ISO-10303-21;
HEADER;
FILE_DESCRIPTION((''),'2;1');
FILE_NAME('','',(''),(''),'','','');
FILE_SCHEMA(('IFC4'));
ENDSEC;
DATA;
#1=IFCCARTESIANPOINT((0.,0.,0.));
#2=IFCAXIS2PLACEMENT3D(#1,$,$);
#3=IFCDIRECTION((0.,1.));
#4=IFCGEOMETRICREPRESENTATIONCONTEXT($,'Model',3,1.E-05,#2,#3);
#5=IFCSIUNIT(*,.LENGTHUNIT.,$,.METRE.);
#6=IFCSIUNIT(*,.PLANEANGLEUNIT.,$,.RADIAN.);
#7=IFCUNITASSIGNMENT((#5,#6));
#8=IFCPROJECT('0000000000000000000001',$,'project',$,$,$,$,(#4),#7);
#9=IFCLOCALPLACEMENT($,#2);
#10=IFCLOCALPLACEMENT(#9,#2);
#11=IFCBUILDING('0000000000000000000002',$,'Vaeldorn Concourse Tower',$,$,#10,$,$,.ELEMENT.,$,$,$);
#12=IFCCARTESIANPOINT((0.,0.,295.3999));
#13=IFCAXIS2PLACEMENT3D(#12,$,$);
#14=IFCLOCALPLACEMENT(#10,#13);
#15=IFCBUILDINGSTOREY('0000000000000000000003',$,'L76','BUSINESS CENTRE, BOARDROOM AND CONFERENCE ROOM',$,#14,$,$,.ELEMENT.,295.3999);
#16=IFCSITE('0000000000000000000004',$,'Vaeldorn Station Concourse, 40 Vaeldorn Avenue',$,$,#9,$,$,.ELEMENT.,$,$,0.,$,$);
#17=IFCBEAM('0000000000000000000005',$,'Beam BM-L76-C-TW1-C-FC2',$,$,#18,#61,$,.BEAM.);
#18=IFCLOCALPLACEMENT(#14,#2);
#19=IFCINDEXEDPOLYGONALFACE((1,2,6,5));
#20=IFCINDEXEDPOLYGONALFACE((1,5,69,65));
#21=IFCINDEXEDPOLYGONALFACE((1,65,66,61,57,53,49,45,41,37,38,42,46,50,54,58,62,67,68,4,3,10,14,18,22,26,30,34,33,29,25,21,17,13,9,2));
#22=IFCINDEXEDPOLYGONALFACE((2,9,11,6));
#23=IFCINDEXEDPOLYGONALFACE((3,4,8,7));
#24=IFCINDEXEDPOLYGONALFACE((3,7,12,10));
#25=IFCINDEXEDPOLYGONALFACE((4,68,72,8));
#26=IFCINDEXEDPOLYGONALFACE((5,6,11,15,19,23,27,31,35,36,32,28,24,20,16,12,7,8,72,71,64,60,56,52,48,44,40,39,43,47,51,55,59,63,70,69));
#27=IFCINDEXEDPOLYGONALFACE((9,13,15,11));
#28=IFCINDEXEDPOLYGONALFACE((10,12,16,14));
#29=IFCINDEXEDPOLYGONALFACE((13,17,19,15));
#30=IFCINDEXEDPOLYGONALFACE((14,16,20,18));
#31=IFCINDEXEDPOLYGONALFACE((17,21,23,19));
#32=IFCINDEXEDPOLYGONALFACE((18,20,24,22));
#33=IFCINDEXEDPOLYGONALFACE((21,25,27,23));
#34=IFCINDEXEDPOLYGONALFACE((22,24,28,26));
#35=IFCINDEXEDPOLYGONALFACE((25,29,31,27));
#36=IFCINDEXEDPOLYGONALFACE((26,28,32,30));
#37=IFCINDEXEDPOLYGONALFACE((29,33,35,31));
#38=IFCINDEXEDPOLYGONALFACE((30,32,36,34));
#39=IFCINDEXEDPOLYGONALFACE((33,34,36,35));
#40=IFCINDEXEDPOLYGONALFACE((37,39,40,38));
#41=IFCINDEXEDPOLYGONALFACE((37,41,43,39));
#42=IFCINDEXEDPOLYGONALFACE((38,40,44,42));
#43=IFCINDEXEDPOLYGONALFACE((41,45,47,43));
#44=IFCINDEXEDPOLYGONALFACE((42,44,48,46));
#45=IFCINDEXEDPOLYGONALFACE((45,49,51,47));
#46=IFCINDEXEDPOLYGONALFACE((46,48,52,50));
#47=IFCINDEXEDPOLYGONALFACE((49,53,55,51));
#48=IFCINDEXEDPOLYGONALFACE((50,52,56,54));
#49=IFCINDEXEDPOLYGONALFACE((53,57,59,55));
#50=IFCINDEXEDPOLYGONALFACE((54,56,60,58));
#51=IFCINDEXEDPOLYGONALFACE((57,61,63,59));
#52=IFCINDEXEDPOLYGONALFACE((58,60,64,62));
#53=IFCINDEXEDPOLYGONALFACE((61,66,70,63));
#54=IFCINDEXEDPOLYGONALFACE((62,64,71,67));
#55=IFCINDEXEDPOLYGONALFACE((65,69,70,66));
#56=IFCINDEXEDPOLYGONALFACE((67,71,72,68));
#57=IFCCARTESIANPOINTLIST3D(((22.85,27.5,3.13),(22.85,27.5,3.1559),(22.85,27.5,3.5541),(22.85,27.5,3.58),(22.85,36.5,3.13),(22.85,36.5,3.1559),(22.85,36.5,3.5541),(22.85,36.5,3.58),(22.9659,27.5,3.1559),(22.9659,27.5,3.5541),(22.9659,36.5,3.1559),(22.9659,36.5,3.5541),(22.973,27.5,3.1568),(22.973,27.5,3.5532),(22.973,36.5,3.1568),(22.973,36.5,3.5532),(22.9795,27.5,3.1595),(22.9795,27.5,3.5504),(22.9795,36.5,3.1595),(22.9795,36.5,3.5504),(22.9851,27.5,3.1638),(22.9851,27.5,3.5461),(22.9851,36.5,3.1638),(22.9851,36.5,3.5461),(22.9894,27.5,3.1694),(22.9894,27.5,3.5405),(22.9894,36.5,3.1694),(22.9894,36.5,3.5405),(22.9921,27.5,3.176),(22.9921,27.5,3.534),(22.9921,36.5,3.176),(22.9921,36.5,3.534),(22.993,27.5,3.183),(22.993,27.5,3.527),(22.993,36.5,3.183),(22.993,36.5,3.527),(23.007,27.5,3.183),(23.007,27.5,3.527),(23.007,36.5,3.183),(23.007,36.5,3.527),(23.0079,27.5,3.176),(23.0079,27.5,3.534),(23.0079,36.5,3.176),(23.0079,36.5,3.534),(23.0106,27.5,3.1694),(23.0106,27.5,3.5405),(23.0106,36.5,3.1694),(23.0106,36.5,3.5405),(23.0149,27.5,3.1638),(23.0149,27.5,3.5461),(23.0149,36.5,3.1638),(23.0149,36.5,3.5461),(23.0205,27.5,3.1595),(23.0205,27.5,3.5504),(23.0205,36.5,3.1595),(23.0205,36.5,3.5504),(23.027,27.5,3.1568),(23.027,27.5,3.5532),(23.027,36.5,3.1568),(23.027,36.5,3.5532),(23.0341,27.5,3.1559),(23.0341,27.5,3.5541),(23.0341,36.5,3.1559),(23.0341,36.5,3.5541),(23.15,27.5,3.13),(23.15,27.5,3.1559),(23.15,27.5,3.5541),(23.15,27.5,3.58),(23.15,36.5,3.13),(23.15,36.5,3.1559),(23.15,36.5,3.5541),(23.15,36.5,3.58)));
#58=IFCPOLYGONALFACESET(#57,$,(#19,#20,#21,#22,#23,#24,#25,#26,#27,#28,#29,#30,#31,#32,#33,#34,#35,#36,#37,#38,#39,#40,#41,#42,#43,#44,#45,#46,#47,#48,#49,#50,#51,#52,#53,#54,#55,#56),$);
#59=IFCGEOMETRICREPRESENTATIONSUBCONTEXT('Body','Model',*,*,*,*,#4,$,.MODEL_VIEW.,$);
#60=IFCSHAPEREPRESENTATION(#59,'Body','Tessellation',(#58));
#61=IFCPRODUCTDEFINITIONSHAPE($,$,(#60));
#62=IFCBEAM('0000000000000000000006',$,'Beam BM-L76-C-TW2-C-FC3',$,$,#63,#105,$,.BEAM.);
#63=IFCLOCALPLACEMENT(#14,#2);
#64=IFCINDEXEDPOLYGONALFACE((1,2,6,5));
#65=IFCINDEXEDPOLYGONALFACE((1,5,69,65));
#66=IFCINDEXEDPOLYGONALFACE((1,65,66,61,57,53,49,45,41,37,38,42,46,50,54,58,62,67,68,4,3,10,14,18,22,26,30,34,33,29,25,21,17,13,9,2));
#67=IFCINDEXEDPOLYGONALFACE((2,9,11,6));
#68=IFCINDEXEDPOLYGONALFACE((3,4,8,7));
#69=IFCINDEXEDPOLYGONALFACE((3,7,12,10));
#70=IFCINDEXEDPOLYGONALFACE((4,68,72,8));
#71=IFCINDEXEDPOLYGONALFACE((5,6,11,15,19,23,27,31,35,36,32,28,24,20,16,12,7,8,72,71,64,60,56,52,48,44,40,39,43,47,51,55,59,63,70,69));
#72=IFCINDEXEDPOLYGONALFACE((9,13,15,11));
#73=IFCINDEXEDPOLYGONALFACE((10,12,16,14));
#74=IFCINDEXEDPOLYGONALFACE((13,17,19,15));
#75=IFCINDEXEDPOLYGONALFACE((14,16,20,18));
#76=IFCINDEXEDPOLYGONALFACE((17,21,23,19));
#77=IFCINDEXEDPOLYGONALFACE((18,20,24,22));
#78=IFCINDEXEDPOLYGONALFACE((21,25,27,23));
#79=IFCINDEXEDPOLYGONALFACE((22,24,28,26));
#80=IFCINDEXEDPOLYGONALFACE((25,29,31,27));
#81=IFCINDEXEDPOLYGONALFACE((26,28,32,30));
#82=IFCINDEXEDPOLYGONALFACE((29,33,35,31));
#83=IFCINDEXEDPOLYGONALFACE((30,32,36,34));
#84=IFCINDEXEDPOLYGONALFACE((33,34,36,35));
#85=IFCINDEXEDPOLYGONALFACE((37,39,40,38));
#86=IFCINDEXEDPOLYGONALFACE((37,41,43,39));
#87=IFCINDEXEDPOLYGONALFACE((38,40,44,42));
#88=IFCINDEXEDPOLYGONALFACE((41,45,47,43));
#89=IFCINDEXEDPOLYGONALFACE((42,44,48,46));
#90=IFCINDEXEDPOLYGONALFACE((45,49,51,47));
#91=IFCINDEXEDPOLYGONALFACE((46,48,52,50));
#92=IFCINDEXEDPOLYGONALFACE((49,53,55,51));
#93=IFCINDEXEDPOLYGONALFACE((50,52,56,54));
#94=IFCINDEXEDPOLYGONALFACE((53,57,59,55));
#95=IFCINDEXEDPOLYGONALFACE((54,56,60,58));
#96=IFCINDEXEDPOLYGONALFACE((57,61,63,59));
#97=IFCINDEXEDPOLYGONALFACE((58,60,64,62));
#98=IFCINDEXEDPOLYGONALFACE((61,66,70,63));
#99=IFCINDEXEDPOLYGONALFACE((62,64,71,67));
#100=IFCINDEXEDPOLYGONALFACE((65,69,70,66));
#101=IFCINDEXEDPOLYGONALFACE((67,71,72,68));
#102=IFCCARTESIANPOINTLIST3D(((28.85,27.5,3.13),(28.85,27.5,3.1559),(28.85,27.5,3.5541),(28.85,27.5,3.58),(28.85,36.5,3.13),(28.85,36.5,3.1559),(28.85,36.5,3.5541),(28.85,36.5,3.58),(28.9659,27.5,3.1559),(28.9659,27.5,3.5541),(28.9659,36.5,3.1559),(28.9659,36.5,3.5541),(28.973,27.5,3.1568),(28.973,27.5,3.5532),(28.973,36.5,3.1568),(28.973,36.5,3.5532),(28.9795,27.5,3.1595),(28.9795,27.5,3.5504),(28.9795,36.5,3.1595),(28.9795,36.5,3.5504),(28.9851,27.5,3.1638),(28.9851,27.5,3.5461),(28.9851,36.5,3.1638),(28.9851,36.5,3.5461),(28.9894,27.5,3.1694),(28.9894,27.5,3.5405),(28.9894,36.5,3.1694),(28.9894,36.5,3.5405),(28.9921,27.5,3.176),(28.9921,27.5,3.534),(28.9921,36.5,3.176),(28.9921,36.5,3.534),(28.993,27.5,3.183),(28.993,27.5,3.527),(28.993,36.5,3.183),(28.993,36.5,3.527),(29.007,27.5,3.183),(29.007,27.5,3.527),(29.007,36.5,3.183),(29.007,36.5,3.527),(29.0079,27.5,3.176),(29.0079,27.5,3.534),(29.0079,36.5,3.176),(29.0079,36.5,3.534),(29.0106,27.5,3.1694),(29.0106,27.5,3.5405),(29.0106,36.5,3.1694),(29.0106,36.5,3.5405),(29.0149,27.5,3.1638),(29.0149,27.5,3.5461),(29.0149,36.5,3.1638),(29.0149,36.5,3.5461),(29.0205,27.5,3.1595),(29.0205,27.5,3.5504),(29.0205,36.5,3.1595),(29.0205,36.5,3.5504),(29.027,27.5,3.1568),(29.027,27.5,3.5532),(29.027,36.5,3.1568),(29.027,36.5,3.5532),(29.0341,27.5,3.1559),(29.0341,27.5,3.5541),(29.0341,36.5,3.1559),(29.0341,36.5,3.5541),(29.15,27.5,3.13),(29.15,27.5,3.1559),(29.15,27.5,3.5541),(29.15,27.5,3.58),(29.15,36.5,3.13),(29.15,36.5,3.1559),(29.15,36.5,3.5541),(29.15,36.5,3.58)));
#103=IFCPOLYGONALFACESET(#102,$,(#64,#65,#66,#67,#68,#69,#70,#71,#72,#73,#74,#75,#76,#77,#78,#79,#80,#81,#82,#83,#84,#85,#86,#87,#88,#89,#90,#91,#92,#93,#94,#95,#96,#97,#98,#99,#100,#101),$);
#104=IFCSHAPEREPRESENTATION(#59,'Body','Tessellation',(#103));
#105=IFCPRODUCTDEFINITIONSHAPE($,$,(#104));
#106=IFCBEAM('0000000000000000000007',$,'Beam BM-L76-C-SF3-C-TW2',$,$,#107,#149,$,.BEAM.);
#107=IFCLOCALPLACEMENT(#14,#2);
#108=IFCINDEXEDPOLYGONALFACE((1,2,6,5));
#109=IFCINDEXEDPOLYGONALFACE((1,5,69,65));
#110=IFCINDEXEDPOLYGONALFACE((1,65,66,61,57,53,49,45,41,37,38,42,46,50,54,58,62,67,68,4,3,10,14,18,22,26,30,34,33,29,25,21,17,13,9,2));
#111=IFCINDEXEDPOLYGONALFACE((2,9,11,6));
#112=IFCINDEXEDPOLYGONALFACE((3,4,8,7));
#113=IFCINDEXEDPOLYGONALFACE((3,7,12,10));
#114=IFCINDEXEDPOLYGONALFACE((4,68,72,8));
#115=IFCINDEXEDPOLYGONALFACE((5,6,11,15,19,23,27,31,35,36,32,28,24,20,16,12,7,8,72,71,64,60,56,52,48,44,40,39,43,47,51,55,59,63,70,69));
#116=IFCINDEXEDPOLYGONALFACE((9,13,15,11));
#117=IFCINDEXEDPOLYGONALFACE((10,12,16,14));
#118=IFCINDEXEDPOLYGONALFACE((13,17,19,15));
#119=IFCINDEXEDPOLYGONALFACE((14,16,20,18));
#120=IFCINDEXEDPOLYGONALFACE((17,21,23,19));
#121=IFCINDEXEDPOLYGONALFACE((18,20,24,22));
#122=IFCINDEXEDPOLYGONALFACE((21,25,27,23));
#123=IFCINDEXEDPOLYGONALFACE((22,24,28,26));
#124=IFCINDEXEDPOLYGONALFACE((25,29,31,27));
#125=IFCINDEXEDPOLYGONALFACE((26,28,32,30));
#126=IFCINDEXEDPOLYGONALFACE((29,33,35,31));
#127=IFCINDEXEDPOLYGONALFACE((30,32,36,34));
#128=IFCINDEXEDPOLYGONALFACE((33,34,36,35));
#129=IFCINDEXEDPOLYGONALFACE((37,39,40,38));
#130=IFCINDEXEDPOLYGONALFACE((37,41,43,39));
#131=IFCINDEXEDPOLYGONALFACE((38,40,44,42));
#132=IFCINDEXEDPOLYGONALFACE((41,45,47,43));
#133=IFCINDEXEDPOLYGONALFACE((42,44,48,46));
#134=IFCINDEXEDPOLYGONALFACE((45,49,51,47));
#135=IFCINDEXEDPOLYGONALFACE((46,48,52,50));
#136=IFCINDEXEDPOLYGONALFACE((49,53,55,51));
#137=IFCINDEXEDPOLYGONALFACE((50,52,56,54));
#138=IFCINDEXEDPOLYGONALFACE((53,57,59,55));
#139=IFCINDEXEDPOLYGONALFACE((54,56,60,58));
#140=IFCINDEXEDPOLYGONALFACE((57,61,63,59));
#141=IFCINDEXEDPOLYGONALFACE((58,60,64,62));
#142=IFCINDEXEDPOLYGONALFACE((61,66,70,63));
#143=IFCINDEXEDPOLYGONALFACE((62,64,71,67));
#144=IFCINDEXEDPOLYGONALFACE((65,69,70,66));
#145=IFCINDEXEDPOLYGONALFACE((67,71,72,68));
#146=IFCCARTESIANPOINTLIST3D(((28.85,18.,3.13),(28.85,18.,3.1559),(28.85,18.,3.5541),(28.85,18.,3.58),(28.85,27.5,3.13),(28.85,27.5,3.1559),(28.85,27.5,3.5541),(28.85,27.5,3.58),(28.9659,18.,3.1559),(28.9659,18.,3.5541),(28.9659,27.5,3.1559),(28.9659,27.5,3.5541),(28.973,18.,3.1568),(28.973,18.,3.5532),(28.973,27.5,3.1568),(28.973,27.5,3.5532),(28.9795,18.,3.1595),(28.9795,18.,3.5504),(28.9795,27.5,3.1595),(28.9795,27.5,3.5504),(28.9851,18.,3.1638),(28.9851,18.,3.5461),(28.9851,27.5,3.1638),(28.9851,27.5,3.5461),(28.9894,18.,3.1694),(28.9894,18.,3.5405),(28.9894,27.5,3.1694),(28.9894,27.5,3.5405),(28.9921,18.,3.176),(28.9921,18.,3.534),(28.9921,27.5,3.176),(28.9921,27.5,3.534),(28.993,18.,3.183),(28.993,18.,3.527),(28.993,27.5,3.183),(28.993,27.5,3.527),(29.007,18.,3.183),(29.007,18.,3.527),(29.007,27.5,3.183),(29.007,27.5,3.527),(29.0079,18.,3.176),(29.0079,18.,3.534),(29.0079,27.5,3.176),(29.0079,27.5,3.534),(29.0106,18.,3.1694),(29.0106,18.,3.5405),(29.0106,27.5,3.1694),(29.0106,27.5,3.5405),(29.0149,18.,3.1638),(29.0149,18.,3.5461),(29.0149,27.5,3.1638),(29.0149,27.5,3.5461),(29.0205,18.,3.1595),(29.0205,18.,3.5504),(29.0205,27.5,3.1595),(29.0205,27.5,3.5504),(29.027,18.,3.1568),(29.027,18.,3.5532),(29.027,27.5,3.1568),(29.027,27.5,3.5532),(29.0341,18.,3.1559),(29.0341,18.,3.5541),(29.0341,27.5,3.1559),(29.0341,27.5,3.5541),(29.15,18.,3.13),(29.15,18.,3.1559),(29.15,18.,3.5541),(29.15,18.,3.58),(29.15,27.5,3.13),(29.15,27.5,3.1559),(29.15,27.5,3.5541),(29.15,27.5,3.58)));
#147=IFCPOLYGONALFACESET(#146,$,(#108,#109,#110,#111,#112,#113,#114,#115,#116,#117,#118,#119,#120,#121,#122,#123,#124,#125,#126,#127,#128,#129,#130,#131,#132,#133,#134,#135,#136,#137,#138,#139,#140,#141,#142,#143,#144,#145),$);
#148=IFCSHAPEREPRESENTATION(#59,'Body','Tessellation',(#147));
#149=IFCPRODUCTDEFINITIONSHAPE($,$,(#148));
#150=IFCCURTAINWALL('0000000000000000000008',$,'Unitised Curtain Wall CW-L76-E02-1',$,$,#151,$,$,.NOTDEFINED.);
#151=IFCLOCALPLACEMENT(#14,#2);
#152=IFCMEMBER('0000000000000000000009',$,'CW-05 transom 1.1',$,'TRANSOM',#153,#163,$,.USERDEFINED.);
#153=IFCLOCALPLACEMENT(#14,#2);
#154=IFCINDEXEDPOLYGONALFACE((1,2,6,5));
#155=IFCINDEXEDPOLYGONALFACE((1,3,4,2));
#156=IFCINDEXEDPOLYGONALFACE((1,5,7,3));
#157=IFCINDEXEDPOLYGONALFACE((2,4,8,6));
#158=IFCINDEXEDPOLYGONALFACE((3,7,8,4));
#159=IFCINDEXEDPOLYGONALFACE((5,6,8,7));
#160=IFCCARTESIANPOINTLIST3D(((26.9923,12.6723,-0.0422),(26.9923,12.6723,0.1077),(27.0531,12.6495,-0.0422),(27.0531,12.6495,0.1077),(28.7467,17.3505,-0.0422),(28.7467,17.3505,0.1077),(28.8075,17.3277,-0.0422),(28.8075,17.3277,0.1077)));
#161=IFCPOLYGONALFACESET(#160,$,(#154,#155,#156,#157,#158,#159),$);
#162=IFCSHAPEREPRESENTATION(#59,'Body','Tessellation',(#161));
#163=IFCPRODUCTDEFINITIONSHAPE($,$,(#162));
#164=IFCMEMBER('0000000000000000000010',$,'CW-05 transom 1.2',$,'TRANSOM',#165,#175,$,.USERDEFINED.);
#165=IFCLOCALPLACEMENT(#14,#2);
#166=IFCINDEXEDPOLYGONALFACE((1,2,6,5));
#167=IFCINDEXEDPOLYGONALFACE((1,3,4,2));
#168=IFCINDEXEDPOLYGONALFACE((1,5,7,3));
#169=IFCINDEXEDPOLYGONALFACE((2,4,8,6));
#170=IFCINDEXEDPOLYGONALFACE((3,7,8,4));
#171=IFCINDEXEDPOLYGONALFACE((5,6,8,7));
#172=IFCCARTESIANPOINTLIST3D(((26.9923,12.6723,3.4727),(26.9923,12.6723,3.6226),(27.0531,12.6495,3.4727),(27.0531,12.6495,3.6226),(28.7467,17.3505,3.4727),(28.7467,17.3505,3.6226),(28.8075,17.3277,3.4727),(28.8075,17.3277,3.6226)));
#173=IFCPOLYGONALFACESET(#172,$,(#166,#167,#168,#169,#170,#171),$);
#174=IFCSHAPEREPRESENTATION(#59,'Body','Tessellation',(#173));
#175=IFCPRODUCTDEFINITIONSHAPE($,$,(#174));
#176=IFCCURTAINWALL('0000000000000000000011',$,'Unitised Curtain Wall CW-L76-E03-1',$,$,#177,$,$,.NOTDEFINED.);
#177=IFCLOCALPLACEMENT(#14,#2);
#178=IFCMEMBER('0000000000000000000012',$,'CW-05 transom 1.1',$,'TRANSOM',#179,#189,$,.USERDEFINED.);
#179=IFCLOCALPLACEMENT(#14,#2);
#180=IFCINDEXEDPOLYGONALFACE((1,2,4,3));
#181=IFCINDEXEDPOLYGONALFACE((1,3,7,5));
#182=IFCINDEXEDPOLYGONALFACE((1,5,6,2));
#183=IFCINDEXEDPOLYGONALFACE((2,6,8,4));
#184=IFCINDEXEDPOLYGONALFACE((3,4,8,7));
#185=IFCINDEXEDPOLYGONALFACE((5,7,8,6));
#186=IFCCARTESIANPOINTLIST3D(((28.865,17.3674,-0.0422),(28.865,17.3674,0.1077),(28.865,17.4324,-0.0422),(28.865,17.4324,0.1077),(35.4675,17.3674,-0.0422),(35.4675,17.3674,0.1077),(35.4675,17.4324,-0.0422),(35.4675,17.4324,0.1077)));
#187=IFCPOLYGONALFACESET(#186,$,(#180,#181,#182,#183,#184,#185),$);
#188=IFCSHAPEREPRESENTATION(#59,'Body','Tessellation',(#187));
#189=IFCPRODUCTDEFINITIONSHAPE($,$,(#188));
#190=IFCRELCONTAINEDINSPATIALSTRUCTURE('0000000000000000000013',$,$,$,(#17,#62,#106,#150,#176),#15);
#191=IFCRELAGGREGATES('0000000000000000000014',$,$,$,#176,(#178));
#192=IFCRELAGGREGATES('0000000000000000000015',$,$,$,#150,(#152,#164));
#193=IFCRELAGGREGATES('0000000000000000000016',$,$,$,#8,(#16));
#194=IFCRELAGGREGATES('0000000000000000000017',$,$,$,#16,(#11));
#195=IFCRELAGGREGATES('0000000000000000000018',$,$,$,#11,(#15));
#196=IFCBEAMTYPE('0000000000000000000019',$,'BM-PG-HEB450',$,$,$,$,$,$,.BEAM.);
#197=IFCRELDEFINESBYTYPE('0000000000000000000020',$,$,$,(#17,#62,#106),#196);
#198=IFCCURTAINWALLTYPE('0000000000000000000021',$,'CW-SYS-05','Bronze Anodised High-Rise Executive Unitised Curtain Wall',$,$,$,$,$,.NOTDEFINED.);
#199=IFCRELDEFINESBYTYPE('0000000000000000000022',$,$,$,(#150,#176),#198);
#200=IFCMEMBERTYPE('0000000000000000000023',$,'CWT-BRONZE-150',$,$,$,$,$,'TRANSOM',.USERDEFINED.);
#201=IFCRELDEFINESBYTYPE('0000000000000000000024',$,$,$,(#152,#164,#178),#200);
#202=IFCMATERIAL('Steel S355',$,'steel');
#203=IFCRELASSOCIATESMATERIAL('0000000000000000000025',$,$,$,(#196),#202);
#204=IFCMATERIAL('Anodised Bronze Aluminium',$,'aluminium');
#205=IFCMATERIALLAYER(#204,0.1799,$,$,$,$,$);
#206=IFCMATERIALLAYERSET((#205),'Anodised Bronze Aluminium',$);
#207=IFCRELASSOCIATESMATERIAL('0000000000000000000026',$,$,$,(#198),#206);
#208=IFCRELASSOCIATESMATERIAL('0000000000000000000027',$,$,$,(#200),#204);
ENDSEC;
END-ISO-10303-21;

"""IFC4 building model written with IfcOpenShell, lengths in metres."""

from ifc_helpers import new_model, si_unit, direction, frame, origin, origin_2d, place, context, subcontext, project, spatial, rectangle, i_section, extrude, source, transform, mapped, material, layer, layer_set, material_profile, profile_set, type_object, element, aggregate, save


model = new_model("IFC4")

# Units and contexts
model_context = context("Model", 3, precision=1e-05, world=origin(), true_north=direction((0.0, 1.0)))
body_context = subcontext(model_context, "Body", "Model", "MODEL_VIEW")
ifc_project = project(units=[si_unit("LENGTHUNIT", "METRE"), si_unit("PLANEANGLEUNIT", "RADIAN")], contexts=[model_context])

# Site, building, storey
site_placement = place(None, origin())
site = spatial("IfcSite", under=ifc_project, at=site_placement, Name="Vaeldorn Station Concourse, 40 Vaeldorn Avenue", CompositionType="ELEMENT", RefElevation=0.0)
building_placement = place(site_placement, origin())
building = spatial("IfcBuilding", under=site, at=building_placement, Name="Vaeldorn Concourse Tower", CompositionType="ELEMENT")
storey_placement = place(building_placement, frame((0.0, 0.0, 295.3999)))
storey = spatial("IfcBuildingStorey", under=building, at=storey_placement, Name="L76", Description="BUSINESS CENTRE, BOARDROOM AND CONFERENCE ROOM", CompositionType="ELEMENT", Elevation=295.3999)

# Shared definitions
ifc_material_1 = material(Name="Steel S355", Category="steel")

# Beams
ifc_material_profile_1 = material_profile(ifc_material_1, i_section(OverallWidth=0.3, OverallDepth=0.45, WebThickness=0.0139, FlangeThickness=0.0259, FilletRadius=0.0271, at=origin_2d()), Name="HEB 450")
ifc_profile_set_1 = profile_set([ifc_material_profile_1], Name="Steel S355")
beam_type_1 = type_object("IfcBeamType", Name="BM-PG-HEB450", PredefinedType="BEAM", material=ifc_profile_set_1)
shared_shape_1 = source(origin(), body_context, "Body", "SweptSolid", [
    extrude(i_section(OverallWidth=0.3, OverallDepth=0.45, WebThickness=0.0139, FlangeThickness=0.0259, FilletRadius=0.0271, at=origin_2d()), origin(), (0.0, 0.0, 1.0), 9.0),
])
for number, where, z_axis, x_axis, name in (
    (1, (23.0, 27.5, 3.355), (0.0, 1.0, 0.0), (-1.0, 0.0, 0.0), "Beam BM-L76-C-TW1-C-FC2"),
    (2, (29.0, 27.5, 3.355), (0.0, 1.0, 0.0), (-1.0, 0.0, 0.0), "Beam BM-L76-C-TW2-C-FC3"),
):
    element("IfcBeam", number, at=place(storey_placement, frame(where, z_axis=z_axis, x_axis=x_axis)), inside=storey, type_object=beam_type_1, Name=name, PredefinedType="BEAM", context=body_context, shape_type="MappedRepresentation", body=[
        mapped(shared_shape_1, transform((0.0, 0.0, 0.0), scale=1.0)),
    ])
shared_shape_2 = source(origin(), body_context, "Body", "SweptSolid", [
    extrude(i_section(OverallWidth=0.3, OverallDepth=0.45, WebThickness=0.0139, FlangeThickness=0.0259, FilletRadius=0.0271, at=origin_2d()), origin(), (0.0, 0.0, 1.0), 9.5),
])
beam_1_placement = place(storey_placement, frame((29.0, 18.0, 3.355), z_axis=(0.0, 1.0, 0.0), x_axis=(-1.0, 0.0, 0.0)))
element("IfcBeam", 3, at=beam_1_placement, inside=storey, type_object=beam_type_1, Name="Beam BM-L76-C-SF3-C-TW2", PredefinedType="BEAM", context=body_context, shape_type="MappedRepresentation", body=[
    mapped(shared_shape_2, transform((0.0, 0.0, 0.0), scale=1.0)),
])

# Curtain walls, members
ifc_material_2 = material(Name="Anodised Bronze Aluminium", Category="aluminium")
ifc_layer_1 = layer(ifc_material_2, 0.1799)
ifc_layer_set_1 = layer_set([ifc_layer_1], Name="Anodised Bronze Aluminium")
curtain_wall_type = type_object("IfcCurtainWallType", Name="CW-SYS-05", Description="Bronze Anodised High-Rise Executive Unitised Curtain Wall", PredefinedType="NOTDEFINED", material=ifc_layer_set_1)
curtain_wall_1_placement = place(storey_placement, origin())
curtain_wall_1 = element("IfcCurtainWall", 4, at=curtain_wall_1_placement, inside=storey, type_object=curtain_wall_type, Name="Unitised Curtain Wall CW-L76-E02-1", PredefinedType="NOTDEFINED")
ifc_material_profile_2 = material_profile(ifc_material_2, rectangle(XDim=0.0649, YDim=0.1499, at=origin_2d()), Name="CWT 65x150")
ifc_profile_set_2 = profile_set([ifc_material_profile_2], Name="Anodised Bronze Aluminium")
member_type_1 = type_object("IfcMemberType", Name="CWT-BRONZE-150", ElementType="TRANSOM", PredefinedType="USERDEFINED", material=ifc_profile_set_2)
shared_shape_3 = source(origin(), body_context, "Body", "SweptSolid", [
    extrude(rectangle(XDim=0.0649, YDim=0.1499, at=origin_2d()), origin(), (0.0, 0.0, 1.0), 4.9963),
])
member_1_placement = place(storey_placement, frame((27.0227, 12.6609, 0.0327), z_axis=(0.351134, 0.936325, 0.0), x_axis=(-0.936325, 0.351134, 0.0)))
member_1 = element("IfcMember", 5, at=member_1_placement, type_object=member_type_1, Name="CW-05 transom 1.1", ObjectType="TRANSOM", PredefinedType="USERDEFINED", context=body_context, shape_type="MappedRepresentation", body=[
    mapped(shared_shape_3, transform((0.0, 0.0, 0.0), scale=1.0)),
])
member_2_placement = place(storey_placement, frame((27.0227, 12.6609, 3.5476), z_axis=(0.351134, 0.936325, 0.0), x_axis=(-0.936325, 0.351134, 0.0)))
member_2 = element("IfcMember", 6, at=member_2_placement, type_object=member_type_1, Name="CW-05 transom 1.2", ObjectType="TRANSOM", PredefinedType="USERDEFINED", context=body_context, shape_type="MappedRepresentation", body=[
    mapped(shared_shape_3, transform((0.0, 0.0, 0.0), scale=1.0)),
])
curtain_wall_2_placement = place(storey_placement, origin())
curtain_wall_2 = element("IfcCurtainWall", 7, at=curtain_wall_2_placement, inside=storey, type_object=curtain_wall_type, Name="Unitised Curtain Wall CW-L76-E03-1", PredefinedType="NOTDEFINED")
shared_shape_4 = source(origin(), body_context, "Body", "SweptSolid", [
    extrude(rectangle(XDim=0.0649, YDim=0.1499, at=origin_2d()), origin(), (0.0, 0.0, 1.0), 6.6025),
])
member_3_placement = place(storey_placement, frame((28.865, 17.3999, 0.0327), z_axis=(1.0, 0.0, 0.0), x_axis=(0.0, 1.0, 0.0)))
member_3 = element("IfcMember", 8, at=member_3_placement, type_object=member_type_1, Name="CW-05 transom 1.1", ObjectType="TRANSOM", PredefinedType="USERDEFINED", context=body_context, shape_type="MappedRepresentation", body=[
    mapped(shared_shape_4, transform((0.0, 0.0, 0.0), scale=1.0)),
])

aggregate(curtain_wall_2, [member_3])

aggregate(curtain_wall_1, [member_1, member_2])

save(model, "model.ifc")
